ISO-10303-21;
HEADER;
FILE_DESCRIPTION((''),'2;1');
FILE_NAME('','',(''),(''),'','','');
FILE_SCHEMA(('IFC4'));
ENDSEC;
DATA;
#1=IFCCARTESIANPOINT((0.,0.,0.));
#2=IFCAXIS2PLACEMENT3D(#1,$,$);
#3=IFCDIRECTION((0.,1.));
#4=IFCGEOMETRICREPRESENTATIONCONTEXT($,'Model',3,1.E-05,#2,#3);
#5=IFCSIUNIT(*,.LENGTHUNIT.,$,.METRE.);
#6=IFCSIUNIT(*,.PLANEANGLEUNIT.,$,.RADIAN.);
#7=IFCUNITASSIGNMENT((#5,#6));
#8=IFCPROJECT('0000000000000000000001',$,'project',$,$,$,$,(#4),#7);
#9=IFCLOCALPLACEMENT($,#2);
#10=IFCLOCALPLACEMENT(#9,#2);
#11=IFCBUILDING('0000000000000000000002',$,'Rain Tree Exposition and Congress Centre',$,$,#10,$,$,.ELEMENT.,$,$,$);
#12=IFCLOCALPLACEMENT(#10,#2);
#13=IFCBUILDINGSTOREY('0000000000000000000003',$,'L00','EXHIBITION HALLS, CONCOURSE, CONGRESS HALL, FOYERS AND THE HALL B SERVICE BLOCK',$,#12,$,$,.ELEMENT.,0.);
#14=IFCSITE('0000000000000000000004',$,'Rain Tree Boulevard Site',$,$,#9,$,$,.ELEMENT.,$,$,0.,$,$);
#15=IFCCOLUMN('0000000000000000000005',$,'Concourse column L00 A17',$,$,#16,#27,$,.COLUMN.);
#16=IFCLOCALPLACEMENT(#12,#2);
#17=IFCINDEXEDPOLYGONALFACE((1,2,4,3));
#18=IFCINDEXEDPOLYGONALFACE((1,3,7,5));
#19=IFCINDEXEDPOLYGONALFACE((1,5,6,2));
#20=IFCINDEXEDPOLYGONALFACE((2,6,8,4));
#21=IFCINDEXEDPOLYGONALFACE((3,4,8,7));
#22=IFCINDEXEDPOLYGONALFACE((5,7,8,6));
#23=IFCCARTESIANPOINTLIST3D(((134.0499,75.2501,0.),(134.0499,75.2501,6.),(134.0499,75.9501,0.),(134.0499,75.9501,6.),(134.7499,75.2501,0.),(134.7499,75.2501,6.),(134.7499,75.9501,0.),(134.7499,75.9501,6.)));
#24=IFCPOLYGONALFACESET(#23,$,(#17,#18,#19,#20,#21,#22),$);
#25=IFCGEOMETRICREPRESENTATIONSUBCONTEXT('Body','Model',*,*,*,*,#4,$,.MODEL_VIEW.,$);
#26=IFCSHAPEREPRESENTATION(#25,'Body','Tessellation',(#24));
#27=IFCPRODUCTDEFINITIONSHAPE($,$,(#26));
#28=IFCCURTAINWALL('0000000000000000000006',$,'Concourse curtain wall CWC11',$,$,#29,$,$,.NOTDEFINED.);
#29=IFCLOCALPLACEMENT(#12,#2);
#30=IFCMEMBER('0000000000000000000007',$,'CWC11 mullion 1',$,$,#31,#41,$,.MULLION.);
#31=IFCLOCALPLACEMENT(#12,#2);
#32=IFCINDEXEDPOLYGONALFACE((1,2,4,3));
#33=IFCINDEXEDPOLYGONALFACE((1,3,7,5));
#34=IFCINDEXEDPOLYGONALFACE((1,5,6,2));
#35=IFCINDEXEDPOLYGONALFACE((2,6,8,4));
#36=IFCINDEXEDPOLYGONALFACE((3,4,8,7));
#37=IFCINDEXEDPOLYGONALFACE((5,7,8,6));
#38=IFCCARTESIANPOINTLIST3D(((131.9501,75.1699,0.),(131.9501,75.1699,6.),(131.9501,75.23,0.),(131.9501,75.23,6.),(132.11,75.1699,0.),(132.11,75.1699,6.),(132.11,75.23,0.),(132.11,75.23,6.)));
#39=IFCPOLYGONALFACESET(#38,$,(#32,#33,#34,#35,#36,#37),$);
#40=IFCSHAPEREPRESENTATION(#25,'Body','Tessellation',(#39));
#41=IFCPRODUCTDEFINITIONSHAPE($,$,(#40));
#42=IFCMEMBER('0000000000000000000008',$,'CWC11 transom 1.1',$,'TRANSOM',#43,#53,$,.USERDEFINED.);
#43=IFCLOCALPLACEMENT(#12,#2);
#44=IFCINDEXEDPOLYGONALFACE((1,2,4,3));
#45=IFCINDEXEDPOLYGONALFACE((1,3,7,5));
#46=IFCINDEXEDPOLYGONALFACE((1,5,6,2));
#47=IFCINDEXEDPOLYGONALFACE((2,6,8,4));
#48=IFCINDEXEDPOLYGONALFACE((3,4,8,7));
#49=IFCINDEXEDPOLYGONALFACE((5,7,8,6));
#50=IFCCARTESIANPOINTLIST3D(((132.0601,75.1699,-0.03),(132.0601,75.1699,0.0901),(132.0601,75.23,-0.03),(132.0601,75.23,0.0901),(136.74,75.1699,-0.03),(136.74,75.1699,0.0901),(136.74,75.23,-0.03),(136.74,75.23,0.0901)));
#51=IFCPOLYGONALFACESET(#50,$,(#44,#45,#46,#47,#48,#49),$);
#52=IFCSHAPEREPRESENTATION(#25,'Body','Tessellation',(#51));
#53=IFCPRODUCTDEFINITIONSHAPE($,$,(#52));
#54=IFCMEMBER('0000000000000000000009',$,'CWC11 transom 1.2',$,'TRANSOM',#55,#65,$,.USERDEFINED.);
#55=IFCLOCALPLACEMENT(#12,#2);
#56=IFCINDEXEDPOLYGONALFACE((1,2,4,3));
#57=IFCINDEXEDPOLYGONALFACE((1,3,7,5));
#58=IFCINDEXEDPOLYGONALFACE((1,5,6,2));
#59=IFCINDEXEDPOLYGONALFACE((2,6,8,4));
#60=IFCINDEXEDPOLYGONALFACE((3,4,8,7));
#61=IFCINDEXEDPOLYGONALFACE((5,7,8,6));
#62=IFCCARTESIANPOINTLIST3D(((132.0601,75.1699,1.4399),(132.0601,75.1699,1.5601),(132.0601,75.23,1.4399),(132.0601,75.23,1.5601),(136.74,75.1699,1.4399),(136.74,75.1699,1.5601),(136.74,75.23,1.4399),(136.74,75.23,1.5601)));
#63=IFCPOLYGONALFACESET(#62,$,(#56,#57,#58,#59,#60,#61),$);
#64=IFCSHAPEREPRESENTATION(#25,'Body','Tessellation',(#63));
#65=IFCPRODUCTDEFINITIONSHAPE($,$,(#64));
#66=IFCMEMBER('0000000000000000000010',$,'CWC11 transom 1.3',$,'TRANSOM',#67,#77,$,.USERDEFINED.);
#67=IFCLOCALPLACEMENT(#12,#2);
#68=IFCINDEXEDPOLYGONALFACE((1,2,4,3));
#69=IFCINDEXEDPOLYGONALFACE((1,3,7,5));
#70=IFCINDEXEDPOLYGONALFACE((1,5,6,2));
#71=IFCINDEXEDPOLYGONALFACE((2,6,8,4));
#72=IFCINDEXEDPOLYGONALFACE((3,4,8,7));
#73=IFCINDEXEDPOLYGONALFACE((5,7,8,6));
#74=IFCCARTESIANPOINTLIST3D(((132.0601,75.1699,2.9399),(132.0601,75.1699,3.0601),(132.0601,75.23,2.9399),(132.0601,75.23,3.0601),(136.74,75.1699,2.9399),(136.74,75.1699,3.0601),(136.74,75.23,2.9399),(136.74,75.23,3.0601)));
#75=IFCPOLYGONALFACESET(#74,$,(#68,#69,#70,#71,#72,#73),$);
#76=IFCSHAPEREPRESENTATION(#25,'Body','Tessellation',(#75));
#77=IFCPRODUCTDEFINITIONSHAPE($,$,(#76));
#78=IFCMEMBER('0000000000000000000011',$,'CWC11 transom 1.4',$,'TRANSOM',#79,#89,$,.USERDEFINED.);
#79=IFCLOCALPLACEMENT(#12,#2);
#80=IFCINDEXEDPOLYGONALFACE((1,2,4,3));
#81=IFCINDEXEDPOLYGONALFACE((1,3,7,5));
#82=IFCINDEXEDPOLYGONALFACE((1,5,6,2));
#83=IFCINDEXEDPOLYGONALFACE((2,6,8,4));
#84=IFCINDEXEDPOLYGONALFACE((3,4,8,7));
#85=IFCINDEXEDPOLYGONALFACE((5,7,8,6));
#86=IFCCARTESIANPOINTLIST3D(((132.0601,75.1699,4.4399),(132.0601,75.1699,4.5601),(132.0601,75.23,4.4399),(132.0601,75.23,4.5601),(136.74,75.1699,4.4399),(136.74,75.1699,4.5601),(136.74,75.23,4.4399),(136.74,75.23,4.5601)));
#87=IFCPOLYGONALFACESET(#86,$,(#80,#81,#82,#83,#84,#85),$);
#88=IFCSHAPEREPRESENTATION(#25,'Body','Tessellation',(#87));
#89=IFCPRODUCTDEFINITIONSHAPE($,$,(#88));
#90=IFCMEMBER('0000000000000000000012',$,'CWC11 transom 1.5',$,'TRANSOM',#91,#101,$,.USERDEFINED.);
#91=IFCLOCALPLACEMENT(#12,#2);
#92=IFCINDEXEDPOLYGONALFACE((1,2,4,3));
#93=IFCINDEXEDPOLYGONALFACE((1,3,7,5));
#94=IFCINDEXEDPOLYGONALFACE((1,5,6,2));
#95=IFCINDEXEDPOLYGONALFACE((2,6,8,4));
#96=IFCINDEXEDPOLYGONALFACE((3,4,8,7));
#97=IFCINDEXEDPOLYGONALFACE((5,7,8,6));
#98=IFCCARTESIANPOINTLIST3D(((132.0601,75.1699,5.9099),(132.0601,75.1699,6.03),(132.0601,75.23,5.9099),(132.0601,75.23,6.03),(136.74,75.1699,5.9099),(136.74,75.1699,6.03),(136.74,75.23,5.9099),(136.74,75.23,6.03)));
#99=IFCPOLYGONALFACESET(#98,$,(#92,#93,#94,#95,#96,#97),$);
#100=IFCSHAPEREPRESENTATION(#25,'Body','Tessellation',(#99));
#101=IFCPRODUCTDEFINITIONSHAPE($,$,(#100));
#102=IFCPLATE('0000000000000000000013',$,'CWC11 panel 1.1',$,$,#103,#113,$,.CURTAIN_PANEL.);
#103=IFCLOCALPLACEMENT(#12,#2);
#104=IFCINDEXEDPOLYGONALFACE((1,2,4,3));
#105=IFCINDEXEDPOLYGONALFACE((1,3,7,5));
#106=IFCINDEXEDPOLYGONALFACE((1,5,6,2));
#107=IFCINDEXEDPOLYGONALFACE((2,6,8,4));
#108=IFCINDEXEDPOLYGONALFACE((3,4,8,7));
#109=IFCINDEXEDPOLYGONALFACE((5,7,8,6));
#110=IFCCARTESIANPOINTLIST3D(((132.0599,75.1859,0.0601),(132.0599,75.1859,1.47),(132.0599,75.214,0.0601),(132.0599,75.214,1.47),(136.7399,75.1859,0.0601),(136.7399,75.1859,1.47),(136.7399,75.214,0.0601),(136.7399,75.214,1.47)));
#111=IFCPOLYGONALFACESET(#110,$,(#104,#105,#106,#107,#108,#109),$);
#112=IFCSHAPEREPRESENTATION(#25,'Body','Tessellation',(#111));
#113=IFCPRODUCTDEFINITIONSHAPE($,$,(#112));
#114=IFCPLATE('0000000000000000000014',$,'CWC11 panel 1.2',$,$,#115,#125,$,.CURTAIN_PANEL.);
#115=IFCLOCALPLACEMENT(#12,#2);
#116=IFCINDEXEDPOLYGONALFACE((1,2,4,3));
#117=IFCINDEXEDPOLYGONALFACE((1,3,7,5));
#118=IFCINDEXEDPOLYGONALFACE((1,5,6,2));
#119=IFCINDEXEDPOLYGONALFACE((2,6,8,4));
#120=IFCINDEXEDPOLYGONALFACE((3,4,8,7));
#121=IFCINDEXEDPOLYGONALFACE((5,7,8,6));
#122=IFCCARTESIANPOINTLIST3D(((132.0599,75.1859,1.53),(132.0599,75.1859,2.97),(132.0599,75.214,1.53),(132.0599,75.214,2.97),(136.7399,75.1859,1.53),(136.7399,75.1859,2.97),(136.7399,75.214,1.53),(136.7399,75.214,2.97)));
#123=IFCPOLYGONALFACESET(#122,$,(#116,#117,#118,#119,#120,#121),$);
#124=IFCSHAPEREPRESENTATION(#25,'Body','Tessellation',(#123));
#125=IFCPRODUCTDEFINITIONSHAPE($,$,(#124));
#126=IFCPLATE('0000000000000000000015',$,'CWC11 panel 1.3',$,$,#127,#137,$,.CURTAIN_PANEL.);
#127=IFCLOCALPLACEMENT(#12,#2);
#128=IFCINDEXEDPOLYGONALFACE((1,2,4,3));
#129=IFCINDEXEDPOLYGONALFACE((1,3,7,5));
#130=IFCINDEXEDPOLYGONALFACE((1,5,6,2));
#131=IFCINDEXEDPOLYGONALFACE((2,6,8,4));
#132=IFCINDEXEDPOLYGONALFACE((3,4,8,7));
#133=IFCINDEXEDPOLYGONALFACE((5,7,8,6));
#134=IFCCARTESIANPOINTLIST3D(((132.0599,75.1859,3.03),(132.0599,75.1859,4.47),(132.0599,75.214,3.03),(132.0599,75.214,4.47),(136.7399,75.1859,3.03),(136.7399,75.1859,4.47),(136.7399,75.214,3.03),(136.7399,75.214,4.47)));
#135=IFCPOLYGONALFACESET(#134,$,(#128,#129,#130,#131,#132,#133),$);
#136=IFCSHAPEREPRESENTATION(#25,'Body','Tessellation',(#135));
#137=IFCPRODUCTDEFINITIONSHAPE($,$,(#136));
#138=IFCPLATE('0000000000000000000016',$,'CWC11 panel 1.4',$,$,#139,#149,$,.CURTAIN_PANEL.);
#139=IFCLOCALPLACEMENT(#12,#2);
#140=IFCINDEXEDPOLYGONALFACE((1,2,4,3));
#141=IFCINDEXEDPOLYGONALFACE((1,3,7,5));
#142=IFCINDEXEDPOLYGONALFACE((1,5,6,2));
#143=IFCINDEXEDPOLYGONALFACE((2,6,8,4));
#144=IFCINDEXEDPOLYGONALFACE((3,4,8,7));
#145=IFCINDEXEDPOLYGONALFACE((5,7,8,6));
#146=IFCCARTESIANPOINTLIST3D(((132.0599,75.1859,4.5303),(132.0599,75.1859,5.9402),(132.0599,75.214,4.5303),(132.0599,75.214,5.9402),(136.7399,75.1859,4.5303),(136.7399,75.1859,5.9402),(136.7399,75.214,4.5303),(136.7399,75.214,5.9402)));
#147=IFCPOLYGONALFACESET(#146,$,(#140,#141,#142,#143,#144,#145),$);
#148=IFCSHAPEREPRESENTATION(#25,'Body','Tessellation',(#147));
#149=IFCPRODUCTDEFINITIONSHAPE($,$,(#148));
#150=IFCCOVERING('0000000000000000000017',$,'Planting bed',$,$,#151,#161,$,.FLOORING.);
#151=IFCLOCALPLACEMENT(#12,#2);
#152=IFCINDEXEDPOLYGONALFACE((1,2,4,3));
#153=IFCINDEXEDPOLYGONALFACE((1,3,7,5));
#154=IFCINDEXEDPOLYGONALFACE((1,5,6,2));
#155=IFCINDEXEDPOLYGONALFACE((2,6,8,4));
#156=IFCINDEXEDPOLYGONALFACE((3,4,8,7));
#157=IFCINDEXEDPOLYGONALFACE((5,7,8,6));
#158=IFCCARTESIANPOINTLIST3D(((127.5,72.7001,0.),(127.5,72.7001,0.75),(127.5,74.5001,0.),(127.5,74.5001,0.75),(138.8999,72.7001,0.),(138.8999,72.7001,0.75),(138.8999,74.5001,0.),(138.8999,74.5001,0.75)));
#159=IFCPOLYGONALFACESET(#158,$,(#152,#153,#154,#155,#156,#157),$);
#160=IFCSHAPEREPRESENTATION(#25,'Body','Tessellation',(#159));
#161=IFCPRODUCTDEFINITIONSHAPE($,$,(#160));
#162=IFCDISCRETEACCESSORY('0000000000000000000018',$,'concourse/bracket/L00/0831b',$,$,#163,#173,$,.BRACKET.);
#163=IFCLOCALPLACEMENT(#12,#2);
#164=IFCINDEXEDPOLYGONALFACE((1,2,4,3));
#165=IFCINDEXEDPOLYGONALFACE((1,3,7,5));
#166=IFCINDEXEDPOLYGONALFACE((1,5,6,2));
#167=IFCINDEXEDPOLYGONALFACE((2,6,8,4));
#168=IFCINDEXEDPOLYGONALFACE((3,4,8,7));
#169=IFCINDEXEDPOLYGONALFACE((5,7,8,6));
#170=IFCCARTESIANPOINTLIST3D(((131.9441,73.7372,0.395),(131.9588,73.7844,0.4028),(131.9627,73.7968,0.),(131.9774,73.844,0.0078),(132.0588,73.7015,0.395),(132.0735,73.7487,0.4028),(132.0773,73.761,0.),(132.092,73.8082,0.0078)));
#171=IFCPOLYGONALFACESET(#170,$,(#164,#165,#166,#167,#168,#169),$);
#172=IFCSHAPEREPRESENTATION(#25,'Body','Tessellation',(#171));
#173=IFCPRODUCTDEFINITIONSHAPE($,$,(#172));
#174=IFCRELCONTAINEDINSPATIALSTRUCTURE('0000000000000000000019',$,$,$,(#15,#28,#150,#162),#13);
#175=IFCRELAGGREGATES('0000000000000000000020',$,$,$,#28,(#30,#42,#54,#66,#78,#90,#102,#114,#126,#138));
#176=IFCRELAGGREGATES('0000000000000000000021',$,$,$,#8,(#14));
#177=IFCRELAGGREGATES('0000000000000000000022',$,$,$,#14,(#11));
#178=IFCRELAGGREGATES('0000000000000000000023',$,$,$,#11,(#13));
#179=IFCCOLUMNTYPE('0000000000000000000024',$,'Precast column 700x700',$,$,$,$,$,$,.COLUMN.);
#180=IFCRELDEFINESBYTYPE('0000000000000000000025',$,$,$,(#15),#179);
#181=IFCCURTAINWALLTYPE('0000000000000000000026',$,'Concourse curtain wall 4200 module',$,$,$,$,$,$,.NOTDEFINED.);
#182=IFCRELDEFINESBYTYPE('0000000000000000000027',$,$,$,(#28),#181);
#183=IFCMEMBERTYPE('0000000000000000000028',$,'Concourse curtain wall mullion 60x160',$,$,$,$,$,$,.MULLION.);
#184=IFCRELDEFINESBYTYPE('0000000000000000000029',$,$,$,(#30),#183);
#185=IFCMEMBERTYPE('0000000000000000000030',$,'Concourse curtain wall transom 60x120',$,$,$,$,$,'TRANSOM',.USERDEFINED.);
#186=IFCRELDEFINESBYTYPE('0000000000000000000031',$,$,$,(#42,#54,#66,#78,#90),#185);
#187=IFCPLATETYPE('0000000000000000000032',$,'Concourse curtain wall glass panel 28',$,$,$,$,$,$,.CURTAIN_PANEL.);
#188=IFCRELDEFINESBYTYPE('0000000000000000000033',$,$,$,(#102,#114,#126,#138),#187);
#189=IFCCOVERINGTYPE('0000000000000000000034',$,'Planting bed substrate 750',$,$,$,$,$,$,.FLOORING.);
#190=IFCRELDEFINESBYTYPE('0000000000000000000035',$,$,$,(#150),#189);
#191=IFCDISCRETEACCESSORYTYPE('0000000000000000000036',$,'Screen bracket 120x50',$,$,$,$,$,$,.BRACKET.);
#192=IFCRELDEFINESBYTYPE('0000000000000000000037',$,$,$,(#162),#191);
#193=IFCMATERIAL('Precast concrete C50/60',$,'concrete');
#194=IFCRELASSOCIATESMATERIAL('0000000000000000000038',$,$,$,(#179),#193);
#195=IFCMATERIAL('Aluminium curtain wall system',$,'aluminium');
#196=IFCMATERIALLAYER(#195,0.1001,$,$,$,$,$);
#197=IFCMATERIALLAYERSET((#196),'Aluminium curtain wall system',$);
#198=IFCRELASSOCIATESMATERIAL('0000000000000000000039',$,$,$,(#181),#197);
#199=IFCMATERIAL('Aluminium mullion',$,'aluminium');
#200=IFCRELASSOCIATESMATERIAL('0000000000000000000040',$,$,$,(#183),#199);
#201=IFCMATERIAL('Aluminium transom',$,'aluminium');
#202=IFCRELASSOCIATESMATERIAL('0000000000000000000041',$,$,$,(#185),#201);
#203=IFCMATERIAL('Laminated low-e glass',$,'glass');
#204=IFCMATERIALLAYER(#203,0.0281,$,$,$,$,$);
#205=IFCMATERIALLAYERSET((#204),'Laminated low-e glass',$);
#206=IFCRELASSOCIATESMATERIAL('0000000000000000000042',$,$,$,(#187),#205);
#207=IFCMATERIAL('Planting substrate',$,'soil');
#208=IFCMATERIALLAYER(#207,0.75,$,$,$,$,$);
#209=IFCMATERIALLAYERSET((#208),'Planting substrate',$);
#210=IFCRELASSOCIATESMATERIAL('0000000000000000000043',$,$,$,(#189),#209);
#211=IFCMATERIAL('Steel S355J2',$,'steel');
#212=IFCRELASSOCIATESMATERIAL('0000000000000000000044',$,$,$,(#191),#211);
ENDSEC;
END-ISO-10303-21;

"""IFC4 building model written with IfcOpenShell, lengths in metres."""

from ifc_helpers import new_model, si_unit, direction, frame, origin, origin_2d, place, context, subcontext, project, spatial, rectangle, extrude, material, layer, layer_set, material_profile, profile_set, type_object, element, aggregate, save


model = new_model("IFC4")

# Units and contexts
model_context = context("Model", 3, precision=1e-05, world=origin(), true_north=direction((0.0, 1.0)))
body_context = subcontext(model_context, "Body", "Model", "MODEL_VIEW")
ifc_project = project(units=[si_unit("LENGTHUNIT", "METRE"), si_unit("PLANEANGLEUNIT", "RADIAN")], contexts=[model_context])

# Site, building, storey
site_placement = place(None, origin())
site = spatial("IfcSite", under=ifc_project, at=site_placement, Name="Rain Tree Boulevard Site", CompositionType="ELEMENT", RefElevation=0.0)
building_placement = place(site_placement, origin())
building = spatial("IfcBuilding", under=site, at=building_placement, Name="Rain Tree Exposition and Congress Centre", CompositionType="ELEMENT")
storey_placement = place(building_placement, origin())
storey = spatial("IfcBuildingStorey", under=building, at=storey_placement, Name="L00", Description="EXHIBITION HALLS, CONCOURSE, CONGRESS HALL, FOYERS AND THE HALL B SERVICE BLOCK", CompositionType="ELEMENT", Elevation=0.0)

# Column
ifc_material_1 = material(Name="Precast concrete C50/60", Category="concrete")
ifc_material_profile_1 = material_profile(ifc_material_1, rectangle(XDim=0.7, YDim=0.7, at=origin_2d()), Name="RC 700x700")
ifc_profile_set_1 = profile_set([ifc_material_profile_1], Name="Precast concrete C50/60")
column_type = type_object("IfcColumnType", Name="Precast column 700x700", PredefinedType="COLUMN", material=ifc_profile_set_1)
column_placement = place(storey_placement, frame((134.3999, 75.6001, 0.0), z_axis=(0.0, 0.0, 1.0), x_axis=(1.0, 0.0, 0.0)))
element("IfcColumn", 1, at=column_placement, inside=storey, type_object=column_type, Name="Concourse column L00 A17", PredefinedType="COLUMN", context=body_context, shape_type="SweptSolid", body=[
    extrude(rectangle(XDim=0.7, YDim=0.7, at=origin_2d()), origin(), (0.0, 0.0, 1.0), 6.0),
])

# Curtain wall, members, plates
ifc_material_2 = material(Name="Aluminium curtain wall system", Category="aluminium")
ifc_layer_1 = layer(ifc_material_2, 0.1001)
ifc_layer_set_1 = layer_set([ifc_layer_1], Name="Aluminium curtain wall system")
curtain_wall_type = type_object("IfcCurtainWallType", Name="Concourse curtain wall 4200 module", PredefinedType="NOTDEFINED", material=ifc_layer_set_1)
curtain_wall_placement = place(storey_placement, origin())
curtain_wall = element("IfcCurtainWall", 2, at=curtain_wall_placement, inside=storey, type_object=curtain_wall_type, Name="Concourse curtain wall CWC11", PredefinedType="NOTDEFINED")
ifc_material_3 = material(Name="Aluminium mullion", Category="aluminium")
ifc_material_profile_2 = material_profile(ifc_material_3, rectangle(XDim=0.0601, YDim=0.1599, at=origin_2d()), Name="AL 60x160")
ifc_profile_set_2 = profile_set([ifc_material_profile_2], Name="Aluminium mullion")
member_type_1 = type_object("IfcMemberType", Name="Concourse curtain wall mullion 60x160", PredefinedType="MULLION", material=ifc_profile_set_2)
member_1_placement = place(storey_placement, frame((132.03, 75.2, 0.0), z_axis=(0.0, 0.0, 1.0), x_axis=(0.0, 1.0, 0.0)))
member_1 = element("IfcMember", 3, at=member_1_placement, type_object=member_type_1, Name="CWC11 mullion 1", PredefinedType="MULLION", context=body_context, shape_type="SweptSolid", body=[
    extrude(rectangle(XDim=0.0601, YDim=0.1599, at=origin_2d()), origin(), (0.0, 0.0, 1.0), 6.0),
])
ifc_material_4 = material(Name="Aluminium transom", Category="aluminium")
ifc_material_profile_3 = material_profile(ifc_material_4, rectangle(XDim=0.0601, YDim=0.1201, at=origin_2d()), Name="AL 60x120")
ifc_profile_set_3 = profile_set([ifc_material_profile_3], Name="Aluminium transom")
member_type_2 = type_object("IfcMemberType", Name="Concourse curtain wall transom 60x120", ElementType="TRANSOM", PredefinedType="USERDEFINED", material=ifc_profile_set_3)
member_2_placement = place(storey_placement, frame((132.0601, 75.2, 0.03), z_axis=(1.0, 0.0, 0.0), x_axis=(0.0, 1.0, 0.0)))
member_2 = element("IfcMember", 4, at=member_2_placement, type_object=member_type_2, Name="CWC11 transom 1.1", ObjectType="TRANSOM", PredefinedType="USERDEFINED", context=body_context, shape_type="SweptSolid", body=[
    extrude(rectangle(XDim=0.0601, YDim=0.1201, at=origin_2d()), origin(), (0.0, 0.0, 1.0), 4.6799),
])
member_3_placement = place(storey_placement, frame((132.0601, 75.2, 1.5), z_axis=(1.0, 0.0, 0.0), x_axis=(0.0, 1.0, 0.0)))
member_3 = element("IfcMember", 5, at=member_3_placement, type_object=member_type_2, Name="CWC11 transom 1.2", ObjectType="TRANSOM", PredefinedType="USERDEFINED", context=body_context, shape_type="SweptSolid", body=[
    extrude(rectangle(XDim=0.0601, YDim=0.1201, at=origin_2d()), origin(), (0.0, 0.0, 1.0), 4.6799),
])
member_4_placement = place(storey_placement, frame((132.0601, 75.2, 3.0), z_axis=(1.0, 0.0, 0.0), x_axis=(0.0, 1.0, 0.0)))
member_4 = element("IfcMember", 6, at=member_4_placement, type_object=member_type_2, Name="CWC11 transom 1.3", ObjectType="TRANSOM", PredefinedType="USERDEFINED", context=body_context, shape_type="SweptSolid", body=[
    extrude(rectangle(XDim=0.0601, YDim=0.1201, at=origin_2d()), origin(), (0.0, 0.0, 1.0), 4.6799),
])
member_5_placement = place(storey_placement, frame((132.0601, 75.2, 4.5), z_axis=(1.0, 0.0, 0.0), x_axis=(0.0, 1.0, 0.0)))
member_5 = element("IfcMember", 7, at=member_5_placement, type_object=member_type_2, Name="CWC11 transom 1.4", ObjectType="TRANSOM", PredefinedType="USERDEFINED", context=body_context, shape_type="SweptSolid", body=[
    extrude(rectangle(XDim=0.0601, YDim=0.1201, at=origin_2d()), origin(), (0.0, 0.0, 1.0), 4.6799),
])
member_6_placement = place(storey_placement, frame((132.0601, 75.2, 5.97), z_axis=(1.0, 0.0, 0.0), x_axis=(0.0, 1.0, 0.0)))
member_6 = element("IfcMember", 8, at=member_6_placement, type_object=member_type_2, Name="CWC11 transom 1.5", ObjectType="TRANSOM", PredefinedType="USERDEFINED", context=body_context, shape_type="SweptSolid", body=[
    extrude(rectangle(XDim=0.0601, YDim=0.1201, at=origin_2d()), origin(), (0.0, 0.0, 1.0), 4.6799),
])
ifc_material_5 = material(Name="Laminated low-e glass", Category="glass")
ifc_layer_2 = layer(ifc_material_5, 0.0281)
ifc_layer_set_2 = layer_set([ifc_layer_2], Name="Laminated low-e glass")
plate_type = type_object("IfcPlateType", Name="Concourse curtain wall glass panel 28", PredefinedType="CURTAIN_PANEL", material=ifc_layer_set_2)
plate_1_placement = place(storey_placement, frame((134.3999, 75.2, 0.0601), z_axis=(0.0, 0.0, 1.0), x_axis=(1.0, 0.0, 0.0)))
plate_1 = element("IfcPlate", 9, at=plate_1_placement, type_object=plate_type, Name="CWC11 panel 1.1", PredefinedType="CURTAIN_PANEL", context=body_context, shape_type="SweptSolid", body=[
    extrude(rectangle(XDim=4.6799, YDim=0.0281, at=origin_2d()), origin(), (0.0, 0.0, 1.0), 1.4099),
])
plate_2_placement = place(storey_placement, frame((134.3999, 75.2, 1.53), z_axis=(0.0, 0.0, 1.0), x_axis=(1.0, 0.0, 0.0)))
plate_2 = element("IfcPlate", 10, at=plate_2_placement, type_object=plate_type, Name="CWC11 panel 1.2", PredefinedType="CURTAIN_PANEL", context=body_context, shape_type="SweptSolid", body=[
    extrude(rectangle(XDim=4.6799, YDim=0.0281, at=origin_2d()), origin(), (0.0, 0.0, 1.0), 1.4399),
])
plate_3_placement = place(storey_placement, frame((134.3999, 75.2, 3.03), z_axis=(0.0, 0.0, 1.0), x_axis=(1.0, 0.0, 0.0)))
plate_3 = element("IfcPlate", 11, at=plate_3_placement, type_object=plate_type, Name="CWC11 panel 1.3", PredefinedType="CURTAIN_PANEL", context=body_context, shape_type="SweptSolid", body=[
    extrude(rectangle(XDim=4.6799, YDim=0.0281, at=origin_2d()), origin(), (0.0, 0.0, 1.0), 1.4399),
])
plate_4_placement = place(storey_placement, frame((134.3999, 75.2, 4.5303), z_axis=(0.0, 0.0, 1.0), x_axis=(1.0, 0.0, 0.0)))
plate_4 = element("IfcPlate", 12, at=plate_4_placement, type_object=plate_type, Name="CWC11 panel 1.4", PredefinedType="CURTAIN_PANEL", context=body_context, shape_type="SweptSolid", body=[
    extrude(rectangle(XDim=4.6799, YDim=0.0281, at=origin_2d()), origin(), (0.0, 0.0, 1.0), 1.4099),
])
aggregate(curtain_wall, [member_1, member_2, member_3, member_4, member_5, member_6, plate_1, plate_2, plate_3, plate_4])

# Covering
ifc_material_6 = material(Name="Planting substrate", Category="soil")
ifc_layer_3 = layer(ifc_material_6, 0.75)
ifc_layer_set_3 = layer_set([ifc_layer_3], Name="Planting substrate")
covering_type_1 = type_object("IfcCoveringType", Name="Planting bed substrate 750", PredefinedType="FLOORING", material=ifc_layer_set_3)
covering_1_placement = place(storey_placement, frame((133.2, 73.6001, 0.0), z_axis=(0.0, 0.0, 1.0), x_axis=(1.0, 0.0, 0.0)))
element("IfcCovering", 13, at=covering_1_placement, inside=storey, type_object=covering_type_1, Name="Planting bed", PredefinedType="FLOORING", context=body_context, shape_type="SweptSolid", body=[
    extrude(rectangle(XDim=11.3999, YDim=1.8, at=origin_2d()), origin(), (0.0, 0.0, 1.0), 0.75),
])

# Discrete accessory
ifc_material_7 = material(Name="Steel S355J2", Category="steel")
ifc_material_profile_4 = material_profile(ifc_material_7, rectangle(XDim=0.1201, YDim=0.05, at=origin_2d()), Name="Flat bar 120x50")
ifc_profile_set_4 = profile_set([ifc_material_profile_4], Name="Steel S355J2")
discrete_accessory_type = type_object("IfcDiscreteAccessoryType", Name="Screen bracket 120x50", PredefinedType="BRACKET", material=ifc_profile_set_4)
discrete_accessory_placement = place(storey_placement, frame((132.0273, 73.8025, 0.0039), z_axis=(-0.046396, -0.148957, 0.987755), x_axis=(0.954758, -0.297384, 0.0)))
element("IfcDiscreteAccessory", 14, at=discrete_accessory_placement, inside=storey, type_object=discrete_accessory_type, Name="concourse/bracket/L00/0831b", PredefinedType="BRACKET", context=body_context, shape_type="SweptSolid", body=[
    extrude(rectangle(XDim=0.1201, YDim=0.05, at=origin_2d()), origin(), (0.0, 0.0, 1.0), 0.3999),
])

save(model, "model.ifc")
